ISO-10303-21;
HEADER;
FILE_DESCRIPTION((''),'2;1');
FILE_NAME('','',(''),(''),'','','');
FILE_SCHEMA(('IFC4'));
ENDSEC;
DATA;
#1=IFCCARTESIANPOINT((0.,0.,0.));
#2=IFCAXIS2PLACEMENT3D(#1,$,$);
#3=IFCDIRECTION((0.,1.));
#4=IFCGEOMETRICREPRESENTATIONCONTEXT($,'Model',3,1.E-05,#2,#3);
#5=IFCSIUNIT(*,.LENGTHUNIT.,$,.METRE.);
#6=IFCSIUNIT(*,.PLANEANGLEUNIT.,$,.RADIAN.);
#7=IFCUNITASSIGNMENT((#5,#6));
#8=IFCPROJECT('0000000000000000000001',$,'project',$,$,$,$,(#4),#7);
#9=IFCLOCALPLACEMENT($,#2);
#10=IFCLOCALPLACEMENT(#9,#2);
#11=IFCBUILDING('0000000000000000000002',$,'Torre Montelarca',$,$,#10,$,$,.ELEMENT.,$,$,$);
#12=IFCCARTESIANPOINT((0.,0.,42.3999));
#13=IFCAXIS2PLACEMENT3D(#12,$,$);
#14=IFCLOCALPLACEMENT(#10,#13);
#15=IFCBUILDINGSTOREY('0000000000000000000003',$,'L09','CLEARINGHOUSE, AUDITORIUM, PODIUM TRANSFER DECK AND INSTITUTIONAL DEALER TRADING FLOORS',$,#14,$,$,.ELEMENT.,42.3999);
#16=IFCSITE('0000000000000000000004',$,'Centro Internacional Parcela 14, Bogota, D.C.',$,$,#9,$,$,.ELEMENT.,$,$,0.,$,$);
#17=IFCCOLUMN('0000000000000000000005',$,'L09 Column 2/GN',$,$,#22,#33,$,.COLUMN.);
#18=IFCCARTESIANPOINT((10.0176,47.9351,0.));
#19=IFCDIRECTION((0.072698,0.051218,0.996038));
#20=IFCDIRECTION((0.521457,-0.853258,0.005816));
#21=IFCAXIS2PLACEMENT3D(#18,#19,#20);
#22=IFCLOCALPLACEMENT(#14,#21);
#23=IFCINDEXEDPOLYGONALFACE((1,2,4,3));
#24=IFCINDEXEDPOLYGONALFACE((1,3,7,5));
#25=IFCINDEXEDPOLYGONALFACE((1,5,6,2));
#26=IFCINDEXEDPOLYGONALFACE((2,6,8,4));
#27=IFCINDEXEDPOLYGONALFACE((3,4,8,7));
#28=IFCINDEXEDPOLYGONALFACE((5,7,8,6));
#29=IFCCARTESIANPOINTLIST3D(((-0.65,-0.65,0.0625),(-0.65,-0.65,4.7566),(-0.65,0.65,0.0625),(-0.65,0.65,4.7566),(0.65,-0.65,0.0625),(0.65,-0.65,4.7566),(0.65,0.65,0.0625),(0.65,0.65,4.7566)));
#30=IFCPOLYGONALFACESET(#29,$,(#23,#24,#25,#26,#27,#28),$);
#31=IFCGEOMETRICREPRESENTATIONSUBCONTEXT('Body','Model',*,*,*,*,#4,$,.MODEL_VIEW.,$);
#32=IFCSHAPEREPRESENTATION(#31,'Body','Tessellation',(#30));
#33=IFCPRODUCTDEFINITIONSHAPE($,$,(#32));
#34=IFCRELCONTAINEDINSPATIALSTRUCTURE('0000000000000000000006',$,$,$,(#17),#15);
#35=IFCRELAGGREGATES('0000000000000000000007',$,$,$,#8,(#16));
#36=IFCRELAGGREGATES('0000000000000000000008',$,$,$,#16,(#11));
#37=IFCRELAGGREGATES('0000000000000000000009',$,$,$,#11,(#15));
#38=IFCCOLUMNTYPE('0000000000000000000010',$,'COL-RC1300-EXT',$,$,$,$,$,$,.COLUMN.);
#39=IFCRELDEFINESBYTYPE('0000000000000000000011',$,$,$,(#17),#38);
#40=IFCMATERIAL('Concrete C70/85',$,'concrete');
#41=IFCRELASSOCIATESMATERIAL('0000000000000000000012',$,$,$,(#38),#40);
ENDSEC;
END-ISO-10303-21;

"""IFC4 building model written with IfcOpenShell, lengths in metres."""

from ifc_helpers import new_model, si_unit, direction, frame, origin, origin_2d, place, context, subcontext, project, spatial, rectangle, extrude, clip, halfspace, material, material_profile, profile_set, type_object, element, save


model = new_model("IFC4")

# Units and contexts
model_context = context("Model", 3, precision=1e-05, world=origin(), true_north=direction((0.0, 1.0)))
body_context = subcontext(model_context, "Body", "Model", "MODEL_VIEW")
ifc_project = project(units=[si_unit("LENGTHUNIT", "METRE"), si_unit("PLANEANGLEUNIT", "RADIAN")], contexts=[model_context])

# Site, building, storey
site_placement = place(None, origin())
site = spatial("IfcSite", under=ifc_project, at=site_placement, Name="Centro Internacional Parcela 14, Bogota, D.C.", CompositionType="ELEMENT", RefElevation=0.0)
building_placement = place(site_placement, origin())
building = spatial("IfcBuilding", under=site, at=building_placement, Name="Torre Montelarca", CompositionType="ELEMENT")
storey_placement = place(building_placement, frame((0.0, 0.0, 42.3999)))
storey = spatial("IfcBuildingStorey", under=building, at=storey_placement, Name="L09", Description="CLEARINGHOUSE, AUDITORIUM, PODIUM TRANSFER DECK AND INSTITUTIONAL DEALER TRADING FLOORS", CompositionType="ELEMENT", Elevation=42.3999)

# Column
ifc_material_1 = material(Name="Concrete C70/85", Category="concrete")
ifc_material_profile_1 = material_profile(ifc_material_1, rectangle(XDim=1.3, YDim=1.3, at=origin_2d()), Name="RC1300X1300", Category="concrete")
ifc_profile_set_1 = profile_set([ifc_material_profile_1], Name="Concrete C70/85")
column_type_1 = type_object("IfcColumnType", Name="COL-RC1300-EXT", PredefinedType="COLUMN", material=ifc_profile_set_1)
column_1_placement = place(storey_placement, frame((10.0176, 47.9351, 0.0), z_axis=(0.072698, 0.051218, 0.996038), x_axis=(0.521457, -0.853258, 0.005816)))
element("IfcColumn", 1, at=column_1_placement, inside=storey, type_object=column_type_1, Name="L09 Column 2/GN", PredefinedType="COLUMN", context=body_context, shape_type="Clipping", body=[
    clip(clip(extrude(rectangle(XDim=1.3, YDim=1.3, at=origin_2d()), origin(), (0.0, 0.0, 1.0), 4.8191), halfspace(frame((0.0, 0.0, 0.0625), z_axis=(0.0, 0.0, -1.0), x_axis=(1.0, 0.0, 0.0)), False)), halfspace(frame((0.0, 0.0, 4.7566), z_axis=(0.0, 0.0, 1.0), x_axis=(1.0, 0.0, 0.0)), False)),
])

save(model, "model.ifc")
